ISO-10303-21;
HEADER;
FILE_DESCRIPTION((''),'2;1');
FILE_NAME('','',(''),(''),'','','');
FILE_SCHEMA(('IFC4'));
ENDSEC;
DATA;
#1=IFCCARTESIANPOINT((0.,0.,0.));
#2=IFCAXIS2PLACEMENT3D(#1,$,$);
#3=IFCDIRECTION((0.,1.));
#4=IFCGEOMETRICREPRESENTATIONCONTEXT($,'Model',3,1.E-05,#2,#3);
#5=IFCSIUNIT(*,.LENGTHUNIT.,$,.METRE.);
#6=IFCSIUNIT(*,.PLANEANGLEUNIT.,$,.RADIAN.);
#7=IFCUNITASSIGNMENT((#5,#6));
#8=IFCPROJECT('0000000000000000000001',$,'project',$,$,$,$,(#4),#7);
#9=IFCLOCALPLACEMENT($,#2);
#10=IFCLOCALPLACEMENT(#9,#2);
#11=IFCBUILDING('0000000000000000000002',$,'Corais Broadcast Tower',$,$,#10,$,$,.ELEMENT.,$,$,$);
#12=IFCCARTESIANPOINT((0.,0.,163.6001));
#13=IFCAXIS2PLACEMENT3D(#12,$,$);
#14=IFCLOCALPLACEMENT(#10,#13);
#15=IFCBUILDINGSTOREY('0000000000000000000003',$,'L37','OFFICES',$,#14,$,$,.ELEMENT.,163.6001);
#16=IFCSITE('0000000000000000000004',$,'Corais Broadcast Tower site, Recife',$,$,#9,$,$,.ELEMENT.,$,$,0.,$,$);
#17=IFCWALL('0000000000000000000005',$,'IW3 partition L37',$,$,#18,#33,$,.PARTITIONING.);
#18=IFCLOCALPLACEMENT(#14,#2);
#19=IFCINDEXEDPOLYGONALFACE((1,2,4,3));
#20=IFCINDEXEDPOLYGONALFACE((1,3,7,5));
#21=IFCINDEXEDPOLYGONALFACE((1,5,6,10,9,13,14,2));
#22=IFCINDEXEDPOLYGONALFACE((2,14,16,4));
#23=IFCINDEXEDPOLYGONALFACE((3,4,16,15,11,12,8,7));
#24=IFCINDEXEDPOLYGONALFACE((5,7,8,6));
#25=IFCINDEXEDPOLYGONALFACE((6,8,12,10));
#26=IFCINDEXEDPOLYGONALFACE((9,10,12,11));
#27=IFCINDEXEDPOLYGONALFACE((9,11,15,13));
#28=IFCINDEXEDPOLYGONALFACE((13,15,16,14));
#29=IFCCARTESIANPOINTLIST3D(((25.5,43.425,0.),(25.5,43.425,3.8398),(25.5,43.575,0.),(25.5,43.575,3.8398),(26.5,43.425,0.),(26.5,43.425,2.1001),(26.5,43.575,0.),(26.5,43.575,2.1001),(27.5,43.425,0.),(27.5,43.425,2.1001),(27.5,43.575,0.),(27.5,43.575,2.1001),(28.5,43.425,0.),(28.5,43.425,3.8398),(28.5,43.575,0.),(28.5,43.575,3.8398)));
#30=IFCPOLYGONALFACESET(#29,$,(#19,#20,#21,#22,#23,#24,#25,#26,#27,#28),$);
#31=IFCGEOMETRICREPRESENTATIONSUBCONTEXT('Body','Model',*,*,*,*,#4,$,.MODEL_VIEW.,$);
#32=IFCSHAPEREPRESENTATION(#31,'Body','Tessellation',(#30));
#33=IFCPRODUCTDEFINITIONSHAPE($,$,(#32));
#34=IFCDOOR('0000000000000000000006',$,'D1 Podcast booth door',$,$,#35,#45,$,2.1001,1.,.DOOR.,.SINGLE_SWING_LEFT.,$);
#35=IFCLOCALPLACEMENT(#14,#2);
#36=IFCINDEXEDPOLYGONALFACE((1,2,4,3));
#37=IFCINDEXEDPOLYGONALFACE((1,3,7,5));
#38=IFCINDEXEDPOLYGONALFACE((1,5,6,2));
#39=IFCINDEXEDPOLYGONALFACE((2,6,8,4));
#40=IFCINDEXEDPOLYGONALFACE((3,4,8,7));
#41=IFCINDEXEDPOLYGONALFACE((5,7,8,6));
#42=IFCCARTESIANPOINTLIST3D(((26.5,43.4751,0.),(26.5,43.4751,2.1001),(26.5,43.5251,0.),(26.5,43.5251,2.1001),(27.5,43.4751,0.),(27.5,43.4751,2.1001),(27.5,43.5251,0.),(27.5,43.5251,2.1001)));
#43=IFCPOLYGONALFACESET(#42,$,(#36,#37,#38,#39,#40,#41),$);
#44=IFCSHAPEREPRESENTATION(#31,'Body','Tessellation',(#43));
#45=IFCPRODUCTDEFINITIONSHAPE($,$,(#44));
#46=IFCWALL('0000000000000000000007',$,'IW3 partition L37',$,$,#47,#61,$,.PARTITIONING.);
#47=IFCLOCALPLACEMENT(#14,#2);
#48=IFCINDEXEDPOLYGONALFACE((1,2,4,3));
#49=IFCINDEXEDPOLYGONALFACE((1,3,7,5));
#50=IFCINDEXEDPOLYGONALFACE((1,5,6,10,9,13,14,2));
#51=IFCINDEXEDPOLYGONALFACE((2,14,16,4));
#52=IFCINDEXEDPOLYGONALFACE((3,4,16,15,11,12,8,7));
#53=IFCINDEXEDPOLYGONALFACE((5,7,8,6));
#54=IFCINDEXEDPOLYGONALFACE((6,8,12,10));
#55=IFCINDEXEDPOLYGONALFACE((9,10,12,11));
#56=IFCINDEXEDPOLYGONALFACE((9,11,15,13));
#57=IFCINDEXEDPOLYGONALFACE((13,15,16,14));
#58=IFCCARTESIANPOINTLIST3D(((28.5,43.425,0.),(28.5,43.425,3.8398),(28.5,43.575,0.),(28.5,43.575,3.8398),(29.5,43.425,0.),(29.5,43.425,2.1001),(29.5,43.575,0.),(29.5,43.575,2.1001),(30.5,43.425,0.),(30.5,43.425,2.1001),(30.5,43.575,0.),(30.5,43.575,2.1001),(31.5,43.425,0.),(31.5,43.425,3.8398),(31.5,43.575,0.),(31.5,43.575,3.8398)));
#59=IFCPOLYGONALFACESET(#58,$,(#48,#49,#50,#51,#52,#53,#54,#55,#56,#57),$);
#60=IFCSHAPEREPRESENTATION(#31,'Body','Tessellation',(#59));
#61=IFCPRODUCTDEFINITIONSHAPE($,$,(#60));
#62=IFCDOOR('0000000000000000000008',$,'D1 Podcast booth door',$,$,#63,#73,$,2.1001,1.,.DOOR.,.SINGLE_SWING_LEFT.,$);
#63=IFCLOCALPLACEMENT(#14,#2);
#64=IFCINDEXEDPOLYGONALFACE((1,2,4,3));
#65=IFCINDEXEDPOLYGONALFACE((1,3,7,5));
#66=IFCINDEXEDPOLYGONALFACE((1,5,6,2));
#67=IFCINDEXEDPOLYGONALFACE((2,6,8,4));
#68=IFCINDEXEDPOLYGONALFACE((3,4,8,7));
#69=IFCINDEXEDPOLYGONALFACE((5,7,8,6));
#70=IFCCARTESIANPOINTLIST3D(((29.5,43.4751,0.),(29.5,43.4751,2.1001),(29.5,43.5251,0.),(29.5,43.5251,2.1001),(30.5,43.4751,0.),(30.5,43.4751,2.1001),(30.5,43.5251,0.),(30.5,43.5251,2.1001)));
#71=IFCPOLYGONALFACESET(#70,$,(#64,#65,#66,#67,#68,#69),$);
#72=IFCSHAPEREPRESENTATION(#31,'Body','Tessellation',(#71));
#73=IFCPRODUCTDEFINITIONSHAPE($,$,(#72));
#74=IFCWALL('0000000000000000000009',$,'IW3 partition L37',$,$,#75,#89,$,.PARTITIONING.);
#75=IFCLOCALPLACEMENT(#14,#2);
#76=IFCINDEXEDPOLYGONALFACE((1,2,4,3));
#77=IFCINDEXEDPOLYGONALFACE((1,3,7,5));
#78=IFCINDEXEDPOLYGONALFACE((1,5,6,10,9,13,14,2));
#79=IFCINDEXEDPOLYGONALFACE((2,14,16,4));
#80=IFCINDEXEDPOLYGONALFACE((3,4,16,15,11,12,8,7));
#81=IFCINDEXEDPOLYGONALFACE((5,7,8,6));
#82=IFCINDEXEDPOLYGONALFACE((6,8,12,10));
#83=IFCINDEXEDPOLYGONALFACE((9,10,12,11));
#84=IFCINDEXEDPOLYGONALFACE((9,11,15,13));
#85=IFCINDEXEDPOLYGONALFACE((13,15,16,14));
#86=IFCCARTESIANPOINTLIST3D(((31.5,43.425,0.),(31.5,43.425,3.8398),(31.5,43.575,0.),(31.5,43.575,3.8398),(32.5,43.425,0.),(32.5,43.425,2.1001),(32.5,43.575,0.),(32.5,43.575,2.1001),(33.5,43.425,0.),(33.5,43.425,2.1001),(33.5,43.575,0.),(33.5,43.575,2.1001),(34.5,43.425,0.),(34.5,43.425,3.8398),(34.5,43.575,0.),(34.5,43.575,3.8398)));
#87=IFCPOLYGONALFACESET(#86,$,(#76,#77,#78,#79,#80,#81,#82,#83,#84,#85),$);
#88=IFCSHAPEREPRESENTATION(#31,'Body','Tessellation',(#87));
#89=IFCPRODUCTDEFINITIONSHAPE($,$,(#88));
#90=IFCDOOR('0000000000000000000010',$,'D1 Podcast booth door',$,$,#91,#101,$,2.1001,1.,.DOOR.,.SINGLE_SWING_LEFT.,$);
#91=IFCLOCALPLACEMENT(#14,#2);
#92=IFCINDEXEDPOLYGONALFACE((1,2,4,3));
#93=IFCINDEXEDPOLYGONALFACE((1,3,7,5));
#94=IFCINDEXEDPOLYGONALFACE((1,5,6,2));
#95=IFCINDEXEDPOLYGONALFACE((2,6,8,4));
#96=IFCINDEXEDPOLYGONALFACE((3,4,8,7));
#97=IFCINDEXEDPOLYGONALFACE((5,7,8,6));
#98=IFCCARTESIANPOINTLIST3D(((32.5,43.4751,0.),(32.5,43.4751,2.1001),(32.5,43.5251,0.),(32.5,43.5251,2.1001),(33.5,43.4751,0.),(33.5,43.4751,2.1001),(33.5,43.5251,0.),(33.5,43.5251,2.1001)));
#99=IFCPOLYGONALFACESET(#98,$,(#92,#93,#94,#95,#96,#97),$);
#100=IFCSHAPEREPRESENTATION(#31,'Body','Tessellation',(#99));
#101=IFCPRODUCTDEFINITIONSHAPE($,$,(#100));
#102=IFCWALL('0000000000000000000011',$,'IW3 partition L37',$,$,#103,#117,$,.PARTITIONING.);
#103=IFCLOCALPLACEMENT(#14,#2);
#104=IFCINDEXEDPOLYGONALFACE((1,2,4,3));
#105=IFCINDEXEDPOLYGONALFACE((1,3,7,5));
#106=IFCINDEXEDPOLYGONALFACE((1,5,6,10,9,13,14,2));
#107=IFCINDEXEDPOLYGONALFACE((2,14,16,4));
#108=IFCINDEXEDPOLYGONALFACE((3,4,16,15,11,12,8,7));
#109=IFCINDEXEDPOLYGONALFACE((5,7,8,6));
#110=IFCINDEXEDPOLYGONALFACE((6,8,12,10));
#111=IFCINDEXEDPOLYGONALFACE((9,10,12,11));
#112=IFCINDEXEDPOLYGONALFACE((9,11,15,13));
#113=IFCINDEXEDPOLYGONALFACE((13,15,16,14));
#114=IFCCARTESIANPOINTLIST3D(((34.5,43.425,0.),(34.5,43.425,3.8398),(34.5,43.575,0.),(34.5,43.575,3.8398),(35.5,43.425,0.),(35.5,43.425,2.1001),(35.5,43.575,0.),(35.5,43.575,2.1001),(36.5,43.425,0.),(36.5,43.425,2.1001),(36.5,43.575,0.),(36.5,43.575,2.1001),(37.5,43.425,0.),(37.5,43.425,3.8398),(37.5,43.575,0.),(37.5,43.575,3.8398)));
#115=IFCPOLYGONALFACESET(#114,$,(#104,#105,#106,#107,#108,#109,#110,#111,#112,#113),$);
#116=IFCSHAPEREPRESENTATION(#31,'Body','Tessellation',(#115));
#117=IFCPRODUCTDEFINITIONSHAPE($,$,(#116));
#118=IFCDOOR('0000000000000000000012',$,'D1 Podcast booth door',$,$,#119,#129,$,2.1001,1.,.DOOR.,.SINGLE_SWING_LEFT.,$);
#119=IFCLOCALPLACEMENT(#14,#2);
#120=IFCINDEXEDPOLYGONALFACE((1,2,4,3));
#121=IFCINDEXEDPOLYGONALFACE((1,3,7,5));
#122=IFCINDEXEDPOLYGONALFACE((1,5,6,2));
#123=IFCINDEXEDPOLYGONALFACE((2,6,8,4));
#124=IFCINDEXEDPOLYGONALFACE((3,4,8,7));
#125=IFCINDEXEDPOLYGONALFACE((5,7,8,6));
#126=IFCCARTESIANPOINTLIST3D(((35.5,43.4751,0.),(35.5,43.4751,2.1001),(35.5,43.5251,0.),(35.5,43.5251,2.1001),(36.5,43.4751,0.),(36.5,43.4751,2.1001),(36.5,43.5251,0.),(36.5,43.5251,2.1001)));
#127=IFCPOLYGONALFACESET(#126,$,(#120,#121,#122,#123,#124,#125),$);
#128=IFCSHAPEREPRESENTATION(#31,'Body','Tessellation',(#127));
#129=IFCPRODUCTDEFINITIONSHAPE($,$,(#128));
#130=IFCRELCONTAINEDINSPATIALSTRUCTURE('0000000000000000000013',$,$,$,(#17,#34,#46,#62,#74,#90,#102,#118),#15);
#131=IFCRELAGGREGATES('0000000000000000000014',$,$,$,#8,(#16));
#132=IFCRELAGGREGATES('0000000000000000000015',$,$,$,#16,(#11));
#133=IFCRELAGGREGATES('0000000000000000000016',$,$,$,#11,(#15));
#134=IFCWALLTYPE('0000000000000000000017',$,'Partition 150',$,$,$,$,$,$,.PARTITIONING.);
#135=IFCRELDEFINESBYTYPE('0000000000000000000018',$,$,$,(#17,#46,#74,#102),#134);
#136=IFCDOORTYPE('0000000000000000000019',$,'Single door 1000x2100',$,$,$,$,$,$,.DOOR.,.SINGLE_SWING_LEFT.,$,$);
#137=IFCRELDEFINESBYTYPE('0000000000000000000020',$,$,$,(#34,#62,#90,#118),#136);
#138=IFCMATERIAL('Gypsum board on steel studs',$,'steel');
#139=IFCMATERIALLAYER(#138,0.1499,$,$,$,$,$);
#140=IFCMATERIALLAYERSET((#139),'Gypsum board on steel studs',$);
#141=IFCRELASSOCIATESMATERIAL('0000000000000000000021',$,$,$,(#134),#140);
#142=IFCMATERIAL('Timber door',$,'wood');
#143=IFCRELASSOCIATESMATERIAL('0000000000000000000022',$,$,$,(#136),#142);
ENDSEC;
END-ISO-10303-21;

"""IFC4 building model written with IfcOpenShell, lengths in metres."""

from ifc_helpers import new_model, si_unit, direction, frame, frame_2d, origin, place, context, subcontext, project, spatial, rectangle, extrude, material, layer, layer_set, type_object, element, fill, save


model = new_model("IFC4")

# Units and contexts
model_context = context("Model", 3, precision=1e-05, world=origin(), true_north=direction((0.0, 1.0)))
body_context = subcontext(model_context, "Body", "Model", "MODEL_VIEW")
ifc_project = project(units=[si_unit("LENGTHUNIT", "METRE"), si_unit("PLANEANGLEUNIT", "RADIAN")], contexts=[model_context])

# Site, building, storey
site_placement = place(None, origin())
site = spatial("IfcSite", under=ifc_project, at=site_placement, Name="Corais Broadcast Tower site, Recife", CompositionType="ELEMENT", RefElevation=0.0)
building_placement = place(site_placement, origin())
building = spatial("IfcBuilding", under=site, at=building_placement, Name="Corais Broadcast Tower", CompositionType="ELEMENT")
storey_placement = place(building_placement, frame((0.0, 0.0, 163.6001)))
storey = spatial("IfcBuildingStorey", under=building, at=storey_placement, Name="L37", Description="OFFICES", CompositionType="ELEMENT", Elevation=163.6001)

# Walls, openings, doors
ifc_material_1 = material(Name="Gypsum board on steel studs", Category="steel")
ifc_layer_1 = layer(ifc_material_1, 0.1499)
ifc_layer_set_1 = layer_set([ifc_layer_1], Name="Gypsum board on steel studs")
wall_type = type_object("IfcWallType", Name="Partition 150", PredefinedType="PARTITIONING", material=ifc_layer_set_1)
wall_1_placement = place(storey_placement, frame((28.5, 43.5, 0.0), z_axis=(0.0, 0.0, 1.0), x_axis=(-1.0, 0.0, 0.0)))
wall_1 = element("IfcWall", 1, at=wall_1_placement, inside=storey, type_object=wall_type, Name="IW3 partition L37", PredefinedType="PARTITIONING", context=body_context, shape_type="SweptSolid", body=[
    extrude(rectangle(XDim=3.0, YDim=0.1499, at=frame_2d((1.5, 0.0))), origin(), (0.0, 0.0, 1.0), 3.8398),
])
opening_1_placement = place(wall_1_placement, frame((1.0, 0.0, 0.0)))
opening_1 = element("IfcOpeningElement", 2, at=opening_1_placement, cuts=wall_1, PredefinedType="OPENING", context=body_context, shape_type="SweptSolid", body=[
    extrude(rectangle(XDim=1.0, YDim=2.1001, at=frame_2d((0.5, 1.05))), frame((0.0, 0.085, 0.0), z_axis=(0.0, -1.0, 0.0), x_axis=(1.0, 0.0, 0.0)), (0.0, 0.0, 1.0), 0.1699),
])
ifc_material_2 = material(Name="Timber door", Category="wood")
door_type = type_object("IfcDoorType", Name="Single door 1000x2100", OperationType="SINGLE_SWING_LEFT", PredefinedType="DOOR", material=ifc_material_2)
door_1_placement = place(opening_1_placement, origin())
door_1 = element("IfcDoor", 3, at=door_1_placement, inside=storey, type_object=door_type, Name="D1 Podcast booth door", OperationType="SINGLE_SWING_LEFT", OverallHeight=2.1001, OverallWidth=1.0, PredefinedType="DOOR", context=body_context, shape_type="SweptSolid", body=[
    extrude(rectangle(XDim=1.0, YDim=2.1001, at=frame_2d((0.5, 1.05))), frame((0.0, 0.0249, 0.0), z_axis=(0.0, -1.0, 0.0), x_axis=(1.0, 0.0, 0.0)), (0.0, 0.0, 1.0), 0.05),
])
fill(opening_1, door_1)
wall_2_placement = place(storey_placement, frame((31.5, 43.5, 0.0), z_axis=(0.0, 0.0, 1.0), x_axis=(-1.0, 0.0, 0.0)))
wall_2 = element("IfcWall", 4, at=wall_2_placement, inside=storey, type_object=wall_type, Name="IW3 partition L37", PredefinedType="PARTITIONING", context=body_context, shape_type="SweptSolid", body=[
    extrude(rectangle(XDim=3.0, YDim=0.1499, at=frame_2d((1.5, 0.0))), origin(), (0.0, 0.0, 1.0), 3.8398),
])
opening_2_placement = place(wall_2_placement, frame((1.0, 0.0, 0.0)))
opening_2 = element("IfcOpeningElement", 5, at=opening_2_placement, cuts=wall_2, PredefinedType="OPENING", context=body_context, shape_type="SweptSolid", body=[
    extrude(rectangle(XDim=1.0, YDim=2.1001, at=frame_2d((0.5, 1.05))), frame((0.0, 0.085, 0.0), z_axis=(0.0, -1.0, 0.0), x_axis=(1.0, 0.0, 0.0)), (0.0, 0.0, 1.0), 0.1699),
])
door_2_placement = place(opening_2_placement, origin())
door_2 = element("IfcDoor", 6, at=door_2_placement, inside=storey, type_object=door_type, Name="D1 Podcast booth door", OperationType="SINGLE_SWING_LEFT", OverallHeight=2.1001, OverallWidth=1.0, PredefinedType="DOOR", context=body_context, shape_type="SweptSolid", body=[
    extrude(rectangle(XDim=1.0, YDim=2.1001, at=frame_2d((0.5, 1.05))), frame((0.0, 0.0249, 0.0), z_axis=(0.0, -1.0, 0.0), x_axis=(1.0, 0.0, 0.0)), (0.0, 0.0, 1.0), 0.05),
])
fill(opening_2, door_2)
wall_3_placement = place(storey_placement, frame((34.5, 43.5, 0.0), z_axis=(0.0, 0.0, 1.0), x_axis=(-1.0, 0.0, 0.0)))
wall_3 = element("IfcWall", 7, at=wall_3_placement, inside=storey, type_object=wall_type, Name="IW3 partition L37", PredefinedType="PARTITIONING", context=body_context, shape_type="SweptSolid", body=[
    extrude(rectangle(XDim=3.0, YDim=0.1499, at=frame_2d((1.5, 0.0))), origin(), (0.0, 0.0, 1.0), 3.8398),
])
opening_3_placement = place(wall_3_placement, frame((1.0, 0.0, 0.0)))
opening_3 = element("IfcOpeningElement", 8, at=opening_3_placement, cuts=wall_3, PredefinedType="OPENING", context=body_context, shape_type="SweptSolid", body=[
    extrude(rectangle(XDim=1.0, YDim=2.1001, at=frame_2d((0.5, 1.05))), frame((0.0, 0.085, 0.0), z_axis=(0.0, -1.0, 0.0), x_axis=(1.0, 0.0, 0.0)), (0.0, 0.0, 1.0), 0.1699),
])
door_3_placement = place(opening_3_placement, origin())
door_3 = element("IfcDoor", 9, at=door_3_placement, inside=storey, type_object=door_type, Name="D1 Podcast booth door", OperationType="SINGLE_SWING_LEFT", OverallHeight=2.1001, OverallWidth=1.0, PredefinedType="DOOR", context=body_context, shape_type="SweptSolid", body=[
    extrude(rectangle(XDim=1.0, YDim=2.1001, at=frame_2d((0.5, 1.05))), frame((0.0, 0.0249, 0.0), z_axis=(0.0, -1.0, 0.0), x_axis=(1.0, 0.0, 0.0)), (0.0, 0.0, 1.0), 0.05),
])
fill(opening_3, door_3)
wall_4_placement = place(storey_placement, frame((37.5, 43.5, 0.0), z_axis=(0.0, 0.0, 1.0), x_axis=(-1.0, 0.0, 0.0)))
wall_4 = element("IfcWall", 10, at=wall_4_placement, inside=storey, type_object=wall_type, Name="IW3 partition L37", PredefinedType="PARTITIONING", context=body_context, shape_type="SweptSolid", body=[
    extrude(rectangle(XDim=3.0, YDim=0.1499, at=frame_2d((1.5, 0.0))), origin(), (0.0, 0.0, 1.0), 3.8398),
])
opening_4_placement = place(wall_4_placement, frame((1.0, 0.0, 0.0)))
opening_4 = element("IfcOpeningElement", 11, at=opening_4_placement, cuts=wall_4, PredefinedType="OPENING", context=body_context, shape_type="SweptSolid", body=[
    extrude(rectangle(XDim=1.0, YDim=2.1001, at=frame_2d((0.5, 1.05))), frame((0.0, 0.085, 0.0), z_axis=(0.0, -1.0, 0.0), x_axis=(1.0, 0.0, 0.0)), (0.0, 0.0, 1.0), 0.1699),
])
door_4_placement = place(opening_4_placement, origin())
door_4 = element("IfcDoor", 12, at=door_4_placement, inside=storey, type_object=door_type, Name="D1 Podcast booth door", OperationType="SINGLE_SWING_LEFT", OverallHeight=2.1001, OverallWidth=1.0, PredefinedType="DOOR", context=body_context, shape_type="SweptSolid", body=[
    extrude(rectangle(XDim=1.0, YDim=2.1001, at=frame_2d((0.5, 1.05))), frame((0.0, 0.0249, 0.0), z_axis=(0.0, -1.0, 0.0), x_axis=(1.0, 0.0, 0.0)), (0.0, 0.0, 1.0), 0.05),
])
fill(opening_4, door_4)

save(model, "model.ifc")
